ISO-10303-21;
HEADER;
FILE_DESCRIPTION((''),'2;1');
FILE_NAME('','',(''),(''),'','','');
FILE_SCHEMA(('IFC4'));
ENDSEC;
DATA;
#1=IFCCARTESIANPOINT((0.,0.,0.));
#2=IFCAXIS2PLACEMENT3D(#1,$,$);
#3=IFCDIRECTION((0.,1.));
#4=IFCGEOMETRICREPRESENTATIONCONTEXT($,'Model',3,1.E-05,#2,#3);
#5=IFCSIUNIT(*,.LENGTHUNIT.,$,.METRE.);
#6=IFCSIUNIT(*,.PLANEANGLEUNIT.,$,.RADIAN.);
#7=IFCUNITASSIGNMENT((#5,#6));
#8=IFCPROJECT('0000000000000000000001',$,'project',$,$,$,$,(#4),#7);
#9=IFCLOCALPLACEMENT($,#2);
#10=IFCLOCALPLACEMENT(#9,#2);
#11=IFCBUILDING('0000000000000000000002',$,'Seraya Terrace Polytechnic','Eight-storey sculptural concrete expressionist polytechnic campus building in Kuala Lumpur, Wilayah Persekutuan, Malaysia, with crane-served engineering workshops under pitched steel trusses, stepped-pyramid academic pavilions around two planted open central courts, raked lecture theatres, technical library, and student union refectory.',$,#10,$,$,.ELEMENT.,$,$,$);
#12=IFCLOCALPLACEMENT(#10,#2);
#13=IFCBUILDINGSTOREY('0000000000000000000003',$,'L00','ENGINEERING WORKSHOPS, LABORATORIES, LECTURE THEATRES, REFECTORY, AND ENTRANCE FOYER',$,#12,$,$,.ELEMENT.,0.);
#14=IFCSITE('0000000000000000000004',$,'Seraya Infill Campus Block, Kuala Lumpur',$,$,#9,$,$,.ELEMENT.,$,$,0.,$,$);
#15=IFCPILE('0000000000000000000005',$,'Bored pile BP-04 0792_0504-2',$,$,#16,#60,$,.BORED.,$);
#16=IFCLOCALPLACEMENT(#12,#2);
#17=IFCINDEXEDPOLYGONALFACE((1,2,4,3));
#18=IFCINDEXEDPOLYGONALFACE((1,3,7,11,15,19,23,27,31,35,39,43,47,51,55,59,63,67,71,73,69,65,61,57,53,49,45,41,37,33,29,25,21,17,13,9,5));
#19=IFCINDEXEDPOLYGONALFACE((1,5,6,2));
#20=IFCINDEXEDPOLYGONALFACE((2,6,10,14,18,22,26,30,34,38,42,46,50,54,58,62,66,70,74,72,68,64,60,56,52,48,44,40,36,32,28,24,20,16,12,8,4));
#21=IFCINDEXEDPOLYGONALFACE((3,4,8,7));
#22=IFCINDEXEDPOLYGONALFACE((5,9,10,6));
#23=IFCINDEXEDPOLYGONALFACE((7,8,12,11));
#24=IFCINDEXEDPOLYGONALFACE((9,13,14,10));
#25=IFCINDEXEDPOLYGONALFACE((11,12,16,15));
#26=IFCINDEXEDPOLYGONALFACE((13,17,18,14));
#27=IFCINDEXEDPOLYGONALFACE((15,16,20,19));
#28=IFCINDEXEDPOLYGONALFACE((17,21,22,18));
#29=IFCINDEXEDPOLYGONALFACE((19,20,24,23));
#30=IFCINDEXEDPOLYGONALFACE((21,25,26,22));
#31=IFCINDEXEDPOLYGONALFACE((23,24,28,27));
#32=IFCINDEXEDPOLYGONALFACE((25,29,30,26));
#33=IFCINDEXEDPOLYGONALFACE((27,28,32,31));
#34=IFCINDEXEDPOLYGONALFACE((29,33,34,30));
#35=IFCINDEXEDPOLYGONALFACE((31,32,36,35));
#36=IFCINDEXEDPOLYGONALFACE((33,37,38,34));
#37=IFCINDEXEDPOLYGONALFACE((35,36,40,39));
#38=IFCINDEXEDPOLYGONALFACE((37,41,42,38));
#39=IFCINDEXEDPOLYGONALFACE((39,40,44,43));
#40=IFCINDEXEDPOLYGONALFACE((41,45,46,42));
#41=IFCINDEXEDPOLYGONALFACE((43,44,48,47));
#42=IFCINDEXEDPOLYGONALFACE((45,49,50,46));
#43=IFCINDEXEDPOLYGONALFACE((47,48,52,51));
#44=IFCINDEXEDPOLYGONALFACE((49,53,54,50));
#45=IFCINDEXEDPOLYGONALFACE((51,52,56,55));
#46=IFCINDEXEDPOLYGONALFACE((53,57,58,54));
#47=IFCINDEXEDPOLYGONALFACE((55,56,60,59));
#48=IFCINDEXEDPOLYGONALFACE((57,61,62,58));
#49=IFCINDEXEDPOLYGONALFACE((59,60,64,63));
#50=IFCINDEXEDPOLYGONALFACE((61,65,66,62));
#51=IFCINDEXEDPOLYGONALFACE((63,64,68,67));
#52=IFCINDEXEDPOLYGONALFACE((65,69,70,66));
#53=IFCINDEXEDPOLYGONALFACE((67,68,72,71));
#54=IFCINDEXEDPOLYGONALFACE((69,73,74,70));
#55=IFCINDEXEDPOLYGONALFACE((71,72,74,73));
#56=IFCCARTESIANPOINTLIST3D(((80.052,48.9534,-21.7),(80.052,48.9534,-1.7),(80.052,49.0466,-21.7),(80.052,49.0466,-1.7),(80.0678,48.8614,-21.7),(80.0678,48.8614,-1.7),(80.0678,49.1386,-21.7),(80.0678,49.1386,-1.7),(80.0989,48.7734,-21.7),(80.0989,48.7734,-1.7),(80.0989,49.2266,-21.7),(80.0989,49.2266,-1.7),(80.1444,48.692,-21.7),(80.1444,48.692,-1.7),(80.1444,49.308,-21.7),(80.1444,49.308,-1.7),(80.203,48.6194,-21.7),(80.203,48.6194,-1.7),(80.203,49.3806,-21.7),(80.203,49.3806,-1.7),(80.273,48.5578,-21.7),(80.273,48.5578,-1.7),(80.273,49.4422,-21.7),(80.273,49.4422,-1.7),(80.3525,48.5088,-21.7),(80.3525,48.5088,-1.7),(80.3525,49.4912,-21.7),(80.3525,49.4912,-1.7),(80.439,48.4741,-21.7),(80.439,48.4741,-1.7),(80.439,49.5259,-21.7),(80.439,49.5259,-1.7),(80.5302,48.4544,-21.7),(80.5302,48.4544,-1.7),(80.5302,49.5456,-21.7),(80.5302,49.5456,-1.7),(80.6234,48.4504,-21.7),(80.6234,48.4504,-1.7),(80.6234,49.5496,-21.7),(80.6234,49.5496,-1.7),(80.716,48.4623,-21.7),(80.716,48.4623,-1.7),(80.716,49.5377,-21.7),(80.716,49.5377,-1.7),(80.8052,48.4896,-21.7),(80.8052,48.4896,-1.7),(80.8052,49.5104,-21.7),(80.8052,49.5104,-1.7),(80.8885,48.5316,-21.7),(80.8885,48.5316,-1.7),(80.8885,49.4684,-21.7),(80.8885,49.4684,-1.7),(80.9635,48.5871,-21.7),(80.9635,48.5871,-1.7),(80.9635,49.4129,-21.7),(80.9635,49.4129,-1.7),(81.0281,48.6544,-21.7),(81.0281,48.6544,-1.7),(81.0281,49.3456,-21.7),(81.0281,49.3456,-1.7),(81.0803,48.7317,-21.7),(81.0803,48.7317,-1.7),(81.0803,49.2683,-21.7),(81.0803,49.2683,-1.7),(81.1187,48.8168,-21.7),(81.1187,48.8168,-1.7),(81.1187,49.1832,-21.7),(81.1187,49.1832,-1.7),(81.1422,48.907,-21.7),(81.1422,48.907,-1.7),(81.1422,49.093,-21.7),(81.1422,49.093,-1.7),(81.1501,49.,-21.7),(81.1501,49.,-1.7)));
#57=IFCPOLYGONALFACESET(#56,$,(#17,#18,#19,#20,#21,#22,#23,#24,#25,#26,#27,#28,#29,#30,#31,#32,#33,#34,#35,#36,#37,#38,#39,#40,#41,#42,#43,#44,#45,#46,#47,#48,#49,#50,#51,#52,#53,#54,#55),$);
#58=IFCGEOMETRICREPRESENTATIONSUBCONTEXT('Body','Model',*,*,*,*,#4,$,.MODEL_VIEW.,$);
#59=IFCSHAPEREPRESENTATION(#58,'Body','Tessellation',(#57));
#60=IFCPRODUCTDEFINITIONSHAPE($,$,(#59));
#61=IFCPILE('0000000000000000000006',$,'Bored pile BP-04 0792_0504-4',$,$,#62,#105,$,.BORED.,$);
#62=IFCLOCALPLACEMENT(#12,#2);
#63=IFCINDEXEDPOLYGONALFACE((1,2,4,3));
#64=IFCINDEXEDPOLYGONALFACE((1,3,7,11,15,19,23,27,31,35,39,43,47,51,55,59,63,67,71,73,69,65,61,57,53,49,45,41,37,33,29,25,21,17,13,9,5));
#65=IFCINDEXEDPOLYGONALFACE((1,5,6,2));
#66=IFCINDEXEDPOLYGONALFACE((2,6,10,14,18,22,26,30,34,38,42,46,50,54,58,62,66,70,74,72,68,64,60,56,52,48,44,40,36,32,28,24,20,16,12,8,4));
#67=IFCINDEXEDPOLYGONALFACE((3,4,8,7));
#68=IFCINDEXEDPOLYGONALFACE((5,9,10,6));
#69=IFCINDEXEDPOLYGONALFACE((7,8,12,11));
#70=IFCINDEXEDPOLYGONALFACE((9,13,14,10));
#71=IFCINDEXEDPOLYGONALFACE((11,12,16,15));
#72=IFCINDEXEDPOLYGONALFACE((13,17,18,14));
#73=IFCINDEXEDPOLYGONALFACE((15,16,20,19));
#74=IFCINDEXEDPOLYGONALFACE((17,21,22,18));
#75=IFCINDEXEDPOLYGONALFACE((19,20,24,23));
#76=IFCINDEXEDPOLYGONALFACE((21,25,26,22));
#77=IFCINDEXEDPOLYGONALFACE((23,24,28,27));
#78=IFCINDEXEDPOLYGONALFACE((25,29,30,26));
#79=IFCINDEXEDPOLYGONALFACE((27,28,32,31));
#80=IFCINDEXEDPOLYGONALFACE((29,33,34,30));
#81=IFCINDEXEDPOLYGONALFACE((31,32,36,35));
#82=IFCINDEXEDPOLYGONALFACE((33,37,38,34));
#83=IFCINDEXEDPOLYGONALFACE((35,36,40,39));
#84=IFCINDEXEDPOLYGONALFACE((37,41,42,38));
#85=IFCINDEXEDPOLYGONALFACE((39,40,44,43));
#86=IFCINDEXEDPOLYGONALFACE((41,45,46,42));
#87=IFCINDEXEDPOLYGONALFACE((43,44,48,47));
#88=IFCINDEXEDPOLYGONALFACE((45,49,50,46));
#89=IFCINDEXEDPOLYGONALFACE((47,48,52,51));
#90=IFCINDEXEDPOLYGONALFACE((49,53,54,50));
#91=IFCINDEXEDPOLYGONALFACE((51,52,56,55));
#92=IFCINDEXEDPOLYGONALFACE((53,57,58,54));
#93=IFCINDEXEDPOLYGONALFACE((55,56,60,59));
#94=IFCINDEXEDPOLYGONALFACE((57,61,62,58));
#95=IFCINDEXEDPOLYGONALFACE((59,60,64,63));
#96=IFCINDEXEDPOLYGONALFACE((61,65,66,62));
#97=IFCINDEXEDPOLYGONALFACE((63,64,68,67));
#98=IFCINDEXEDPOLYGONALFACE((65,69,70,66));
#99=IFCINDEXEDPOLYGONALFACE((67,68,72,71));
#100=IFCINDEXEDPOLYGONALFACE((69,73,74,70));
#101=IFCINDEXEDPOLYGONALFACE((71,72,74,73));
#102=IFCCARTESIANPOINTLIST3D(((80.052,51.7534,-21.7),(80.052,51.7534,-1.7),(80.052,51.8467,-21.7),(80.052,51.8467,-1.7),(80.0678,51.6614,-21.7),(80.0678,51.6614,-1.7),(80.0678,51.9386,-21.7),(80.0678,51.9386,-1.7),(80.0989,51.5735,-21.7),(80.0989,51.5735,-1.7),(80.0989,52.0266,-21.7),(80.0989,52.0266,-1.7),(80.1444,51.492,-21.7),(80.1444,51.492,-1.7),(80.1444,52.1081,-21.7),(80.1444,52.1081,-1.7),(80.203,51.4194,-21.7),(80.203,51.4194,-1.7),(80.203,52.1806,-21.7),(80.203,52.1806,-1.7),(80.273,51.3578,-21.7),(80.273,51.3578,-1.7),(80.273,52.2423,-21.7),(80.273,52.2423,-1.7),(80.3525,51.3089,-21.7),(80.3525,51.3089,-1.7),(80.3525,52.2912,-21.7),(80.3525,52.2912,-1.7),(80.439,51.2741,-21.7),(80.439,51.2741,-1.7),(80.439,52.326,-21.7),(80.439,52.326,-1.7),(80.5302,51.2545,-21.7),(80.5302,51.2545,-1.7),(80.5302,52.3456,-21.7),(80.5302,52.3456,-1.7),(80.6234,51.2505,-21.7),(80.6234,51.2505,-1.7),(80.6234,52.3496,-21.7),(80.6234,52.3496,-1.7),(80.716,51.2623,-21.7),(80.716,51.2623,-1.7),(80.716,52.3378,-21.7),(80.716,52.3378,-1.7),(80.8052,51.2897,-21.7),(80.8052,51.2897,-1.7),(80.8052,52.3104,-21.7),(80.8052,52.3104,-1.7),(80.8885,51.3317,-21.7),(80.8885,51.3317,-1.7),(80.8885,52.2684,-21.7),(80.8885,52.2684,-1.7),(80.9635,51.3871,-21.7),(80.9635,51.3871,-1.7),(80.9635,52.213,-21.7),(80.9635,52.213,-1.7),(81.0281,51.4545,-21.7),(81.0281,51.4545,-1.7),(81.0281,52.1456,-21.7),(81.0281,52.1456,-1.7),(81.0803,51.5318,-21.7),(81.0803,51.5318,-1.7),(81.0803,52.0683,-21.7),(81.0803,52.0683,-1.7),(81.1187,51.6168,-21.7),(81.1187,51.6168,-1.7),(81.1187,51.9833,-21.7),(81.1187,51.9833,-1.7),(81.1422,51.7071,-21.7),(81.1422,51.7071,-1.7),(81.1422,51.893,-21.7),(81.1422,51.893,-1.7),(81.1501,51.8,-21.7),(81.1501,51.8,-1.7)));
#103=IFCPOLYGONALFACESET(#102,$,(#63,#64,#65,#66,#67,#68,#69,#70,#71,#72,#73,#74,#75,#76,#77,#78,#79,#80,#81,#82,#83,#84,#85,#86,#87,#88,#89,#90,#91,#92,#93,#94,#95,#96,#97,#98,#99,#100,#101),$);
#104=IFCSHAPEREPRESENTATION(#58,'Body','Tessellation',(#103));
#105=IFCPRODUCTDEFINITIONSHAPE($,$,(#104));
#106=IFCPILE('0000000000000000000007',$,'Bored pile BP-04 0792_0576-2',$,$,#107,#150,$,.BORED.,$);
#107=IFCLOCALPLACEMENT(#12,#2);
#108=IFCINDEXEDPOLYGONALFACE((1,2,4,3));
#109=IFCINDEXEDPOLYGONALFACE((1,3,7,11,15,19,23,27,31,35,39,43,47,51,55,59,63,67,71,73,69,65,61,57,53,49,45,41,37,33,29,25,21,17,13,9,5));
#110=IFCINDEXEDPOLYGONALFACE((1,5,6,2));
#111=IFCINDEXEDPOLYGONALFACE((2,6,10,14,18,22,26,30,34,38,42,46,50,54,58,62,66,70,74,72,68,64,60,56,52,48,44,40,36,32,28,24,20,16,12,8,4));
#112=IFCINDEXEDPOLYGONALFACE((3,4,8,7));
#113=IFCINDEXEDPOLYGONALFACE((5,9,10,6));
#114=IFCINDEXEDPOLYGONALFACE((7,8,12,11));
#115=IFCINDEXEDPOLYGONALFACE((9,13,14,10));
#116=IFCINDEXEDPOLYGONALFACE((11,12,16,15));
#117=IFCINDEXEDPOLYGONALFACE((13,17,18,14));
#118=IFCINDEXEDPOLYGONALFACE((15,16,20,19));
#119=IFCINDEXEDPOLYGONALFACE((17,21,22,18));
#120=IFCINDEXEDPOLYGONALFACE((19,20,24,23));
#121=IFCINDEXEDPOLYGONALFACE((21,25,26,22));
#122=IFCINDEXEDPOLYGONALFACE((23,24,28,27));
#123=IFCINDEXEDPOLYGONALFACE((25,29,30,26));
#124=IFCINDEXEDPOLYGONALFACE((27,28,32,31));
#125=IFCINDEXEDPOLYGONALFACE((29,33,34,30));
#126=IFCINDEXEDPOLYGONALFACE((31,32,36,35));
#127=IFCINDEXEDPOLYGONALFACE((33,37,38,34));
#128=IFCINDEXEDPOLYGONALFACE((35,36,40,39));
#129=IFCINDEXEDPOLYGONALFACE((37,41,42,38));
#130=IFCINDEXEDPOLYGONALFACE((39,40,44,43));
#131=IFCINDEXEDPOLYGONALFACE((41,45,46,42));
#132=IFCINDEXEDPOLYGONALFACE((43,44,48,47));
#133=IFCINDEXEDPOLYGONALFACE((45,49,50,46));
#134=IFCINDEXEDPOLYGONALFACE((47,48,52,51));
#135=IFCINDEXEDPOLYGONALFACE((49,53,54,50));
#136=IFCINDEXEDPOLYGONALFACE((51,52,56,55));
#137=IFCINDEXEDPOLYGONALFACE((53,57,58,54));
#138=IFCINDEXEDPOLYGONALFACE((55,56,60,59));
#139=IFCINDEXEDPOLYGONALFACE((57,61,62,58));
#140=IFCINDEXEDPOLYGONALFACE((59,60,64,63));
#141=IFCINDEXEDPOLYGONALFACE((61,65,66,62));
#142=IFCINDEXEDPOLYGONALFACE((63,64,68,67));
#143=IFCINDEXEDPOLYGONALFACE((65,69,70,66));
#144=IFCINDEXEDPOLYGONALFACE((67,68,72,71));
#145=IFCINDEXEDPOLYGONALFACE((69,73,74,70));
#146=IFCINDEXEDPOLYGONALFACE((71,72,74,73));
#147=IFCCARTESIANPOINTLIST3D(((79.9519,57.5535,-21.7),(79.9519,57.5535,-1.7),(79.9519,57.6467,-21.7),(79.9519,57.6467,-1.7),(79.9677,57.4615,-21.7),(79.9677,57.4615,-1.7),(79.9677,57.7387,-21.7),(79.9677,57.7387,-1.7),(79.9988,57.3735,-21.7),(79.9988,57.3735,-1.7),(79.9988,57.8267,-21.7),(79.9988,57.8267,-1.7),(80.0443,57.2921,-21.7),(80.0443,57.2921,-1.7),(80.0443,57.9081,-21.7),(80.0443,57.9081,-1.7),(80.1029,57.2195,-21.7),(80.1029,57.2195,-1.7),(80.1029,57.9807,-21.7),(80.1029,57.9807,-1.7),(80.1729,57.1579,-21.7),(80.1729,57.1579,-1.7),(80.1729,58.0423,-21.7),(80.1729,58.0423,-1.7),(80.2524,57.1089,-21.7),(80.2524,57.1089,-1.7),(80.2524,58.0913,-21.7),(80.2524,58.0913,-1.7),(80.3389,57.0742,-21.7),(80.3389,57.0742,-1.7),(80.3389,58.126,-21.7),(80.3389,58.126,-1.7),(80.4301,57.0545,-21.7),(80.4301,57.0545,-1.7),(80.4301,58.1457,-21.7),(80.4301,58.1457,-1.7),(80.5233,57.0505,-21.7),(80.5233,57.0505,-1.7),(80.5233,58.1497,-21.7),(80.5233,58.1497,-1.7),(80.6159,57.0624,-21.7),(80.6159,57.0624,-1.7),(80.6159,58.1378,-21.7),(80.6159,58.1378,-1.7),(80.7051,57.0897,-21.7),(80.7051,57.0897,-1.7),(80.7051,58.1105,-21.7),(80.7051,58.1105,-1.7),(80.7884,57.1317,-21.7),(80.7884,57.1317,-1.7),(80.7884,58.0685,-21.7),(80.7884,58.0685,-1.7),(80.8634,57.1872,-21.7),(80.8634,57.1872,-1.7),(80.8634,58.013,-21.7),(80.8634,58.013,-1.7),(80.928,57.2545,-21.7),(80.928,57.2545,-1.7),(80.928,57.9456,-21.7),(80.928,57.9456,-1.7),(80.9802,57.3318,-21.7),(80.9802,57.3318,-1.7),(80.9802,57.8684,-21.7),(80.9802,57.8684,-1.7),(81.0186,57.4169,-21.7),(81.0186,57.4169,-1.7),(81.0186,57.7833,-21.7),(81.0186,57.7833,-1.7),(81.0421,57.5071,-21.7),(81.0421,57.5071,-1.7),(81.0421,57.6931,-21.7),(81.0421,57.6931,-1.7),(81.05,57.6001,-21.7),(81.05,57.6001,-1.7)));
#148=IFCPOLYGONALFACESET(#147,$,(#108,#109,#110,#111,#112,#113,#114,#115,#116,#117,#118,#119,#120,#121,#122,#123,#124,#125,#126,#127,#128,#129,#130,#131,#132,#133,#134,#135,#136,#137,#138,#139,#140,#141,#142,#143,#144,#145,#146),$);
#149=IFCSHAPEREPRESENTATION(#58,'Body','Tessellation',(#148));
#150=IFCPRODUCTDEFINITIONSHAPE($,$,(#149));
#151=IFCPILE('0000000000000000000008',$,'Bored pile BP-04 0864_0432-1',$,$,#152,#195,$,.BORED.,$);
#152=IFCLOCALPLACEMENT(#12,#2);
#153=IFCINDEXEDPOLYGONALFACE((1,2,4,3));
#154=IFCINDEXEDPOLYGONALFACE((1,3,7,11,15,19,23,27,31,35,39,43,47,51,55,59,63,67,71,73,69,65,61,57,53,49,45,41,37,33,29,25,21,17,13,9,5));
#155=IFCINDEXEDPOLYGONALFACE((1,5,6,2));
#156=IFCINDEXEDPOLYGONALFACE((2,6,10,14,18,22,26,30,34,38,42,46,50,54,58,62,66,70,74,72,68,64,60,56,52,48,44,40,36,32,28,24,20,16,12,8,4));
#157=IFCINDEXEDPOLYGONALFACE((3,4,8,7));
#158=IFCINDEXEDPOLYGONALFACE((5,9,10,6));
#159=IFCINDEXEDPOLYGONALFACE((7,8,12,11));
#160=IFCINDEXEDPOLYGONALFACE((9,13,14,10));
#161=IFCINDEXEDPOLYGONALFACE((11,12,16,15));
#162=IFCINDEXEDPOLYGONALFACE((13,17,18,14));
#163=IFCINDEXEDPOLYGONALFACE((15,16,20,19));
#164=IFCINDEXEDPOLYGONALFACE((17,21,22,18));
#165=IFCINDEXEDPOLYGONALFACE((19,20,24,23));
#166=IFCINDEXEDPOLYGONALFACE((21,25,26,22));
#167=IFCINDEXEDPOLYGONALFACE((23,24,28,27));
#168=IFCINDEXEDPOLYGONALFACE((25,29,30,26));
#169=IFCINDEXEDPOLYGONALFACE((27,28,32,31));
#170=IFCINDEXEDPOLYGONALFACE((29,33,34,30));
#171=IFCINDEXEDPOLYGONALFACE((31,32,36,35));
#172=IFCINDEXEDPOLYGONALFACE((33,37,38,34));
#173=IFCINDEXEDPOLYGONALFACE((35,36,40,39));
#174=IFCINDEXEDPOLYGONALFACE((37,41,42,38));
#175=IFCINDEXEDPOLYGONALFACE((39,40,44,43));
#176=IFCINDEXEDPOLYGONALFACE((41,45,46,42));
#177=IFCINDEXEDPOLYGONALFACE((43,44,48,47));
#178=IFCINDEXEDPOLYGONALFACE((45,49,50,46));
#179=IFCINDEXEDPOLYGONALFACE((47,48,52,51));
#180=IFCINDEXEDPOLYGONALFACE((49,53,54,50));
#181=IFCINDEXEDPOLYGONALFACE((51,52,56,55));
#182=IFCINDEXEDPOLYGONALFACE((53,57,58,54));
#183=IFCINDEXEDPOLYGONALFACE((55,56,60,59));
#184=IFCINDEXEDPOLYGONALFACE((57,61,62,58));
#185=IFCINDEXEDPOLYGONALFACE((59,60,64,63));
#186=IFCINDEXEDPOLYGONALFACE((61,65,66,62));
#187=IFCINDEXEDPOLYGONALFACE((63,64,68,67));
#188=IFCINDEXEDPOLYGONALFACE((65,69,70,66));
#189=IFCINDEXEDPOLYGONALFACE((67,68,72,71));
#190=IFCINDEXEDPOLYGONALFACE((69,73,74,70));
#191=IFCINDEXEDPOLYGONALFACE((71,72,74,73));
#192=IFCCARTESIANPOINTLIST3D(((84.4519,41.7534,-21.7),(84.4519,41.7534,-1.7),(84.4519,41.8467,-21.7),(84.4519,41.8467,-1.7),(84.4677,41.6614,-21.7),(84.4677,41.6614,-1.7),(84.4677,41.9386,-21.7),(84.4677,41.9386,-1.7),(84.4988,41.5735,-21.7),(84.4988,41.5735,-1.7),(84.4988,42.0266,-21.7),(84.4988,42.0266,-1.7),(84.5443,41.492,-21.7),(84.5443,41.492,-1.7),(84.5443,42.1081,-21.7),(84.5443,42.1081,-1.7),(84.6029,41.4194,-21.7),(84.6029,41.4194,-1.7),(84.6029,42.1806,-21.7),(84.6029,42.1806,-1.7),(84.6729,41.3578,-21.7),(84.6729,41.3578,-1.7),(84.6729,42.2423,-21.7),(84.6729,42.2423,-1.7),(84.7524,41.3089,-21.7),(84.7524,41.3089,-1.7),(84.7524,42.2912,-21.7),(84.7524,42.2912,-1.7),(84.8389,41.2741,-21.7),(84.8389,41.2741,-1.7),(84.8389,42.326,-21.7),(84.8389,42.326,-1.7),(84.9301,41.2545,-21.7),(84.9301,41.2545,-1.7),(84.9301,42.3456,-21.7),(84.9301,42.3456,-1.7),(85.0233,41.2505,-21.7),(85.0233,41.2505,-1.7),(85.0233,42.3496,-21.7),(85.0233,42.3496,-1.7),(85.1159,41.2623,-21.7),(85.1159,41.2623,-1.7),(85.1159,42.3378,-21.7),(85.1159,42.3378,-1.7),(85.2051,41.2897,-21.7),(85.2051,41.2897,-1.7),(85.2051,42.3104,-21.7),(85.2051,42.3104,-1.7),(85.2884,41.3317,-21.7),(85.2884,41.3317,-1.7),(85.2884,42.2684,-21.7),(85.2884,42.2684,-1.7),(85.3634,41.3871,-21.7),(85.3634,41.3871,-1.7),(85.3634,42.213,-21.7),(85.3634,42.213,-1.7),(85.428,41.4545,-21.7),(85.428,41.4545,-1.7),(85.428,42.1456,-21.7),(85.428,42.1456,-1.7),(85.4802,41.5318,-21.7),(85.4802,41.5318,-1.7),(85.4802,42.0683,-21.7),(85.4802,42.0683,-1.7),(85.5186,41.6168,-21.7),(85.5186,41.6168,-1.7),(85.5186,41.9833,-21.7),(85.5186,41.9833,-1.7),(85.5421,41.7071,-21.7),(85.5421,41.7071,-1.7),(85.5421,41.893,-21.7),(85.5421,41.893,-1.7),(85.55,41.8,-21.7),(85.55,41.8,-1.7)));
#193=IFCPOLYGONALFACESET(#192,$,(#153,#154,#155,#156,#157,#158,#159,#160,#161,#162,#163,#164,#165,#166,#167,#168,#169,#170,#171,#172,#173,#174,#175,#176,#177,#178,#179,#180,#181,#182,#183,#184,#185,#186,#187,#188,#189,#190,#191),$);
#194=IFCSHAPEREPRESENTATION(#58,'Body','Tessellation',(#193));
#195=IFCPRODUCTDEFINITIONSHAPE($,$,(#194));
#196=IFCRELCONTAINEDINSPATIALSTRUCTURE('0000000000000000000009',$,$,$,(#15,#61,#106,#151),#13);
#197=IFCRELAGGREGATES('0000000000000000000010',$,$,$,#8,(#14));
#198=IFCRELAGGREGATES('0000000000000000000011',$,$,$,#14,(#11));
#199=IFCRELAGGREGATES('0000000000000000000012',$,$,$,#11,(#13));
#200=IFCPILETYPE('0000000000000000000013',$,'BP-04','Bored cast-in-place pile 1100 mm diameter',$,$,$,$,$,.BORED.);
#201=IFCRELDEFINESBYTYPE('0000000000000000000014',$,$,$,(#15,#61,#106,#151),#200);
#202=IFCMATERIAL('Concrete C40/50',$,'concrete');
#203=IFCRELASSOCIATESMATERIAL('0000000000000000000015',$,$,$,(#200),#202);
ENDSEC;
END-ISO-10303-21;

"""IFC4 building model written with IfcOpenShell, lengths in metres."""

from ifc_helpers import new_model, si_unit, direction, frame, origin, origin_2d, place, context, subcontext, project, spatial, circle, extrude, material, material_profile, profile_set, type_object, element, save


model = new_model("IFC4")

# Units and contexts
model_context = context("Model", 3, precision=1e-05, world=origin(), true_north=direction((0.0, 1.0)))
body_context = subcontext(model_context, "Body", "Model", "MODEL_VIEW")
ifc_project = project(units=[si_unit("LENGTHUNIT", "METRE"), si_unit("PLANEANGLEUNIT", "RADIAN")], contexts=[model_context])

# Site, building, storey
site_placement = place(None, origin())
site = spatial("IfcSite", under=ifc_project, at=site_placement, Name="Seraya Infill Campus Block, Kuala Lumpur", CompositionType="ELEMENT", RefElevation=0.0)
building_placement = place(site_placement, origin())
building = spatial("IfcBuilding", under=site, at=building_placement, Name="Seraya Terrace Polytechnic", Description="Eight-storey sculptural concrete expressionist polytechnic campus building in Kuala Lumpur, Wilayah Persekutuan, Malaysia, with crane-served engineering workshops under pitched steel trusses, stepped-pyramid academic pavilions around two planted open central courts, raked lecture theatres, technical library, and student union refectory.", CompositionType="ELEMENT")
storey_placement = place(building_placement, origin())
storey = spatial("IfcBuildingStorey", under=building, at=storey_placement, Name="L00", Description="ENGINEERING WORKSHOPS, LABORATORIES, LECTURE THEATRES, REFECTORY, AND ENTRANCE FOYER", CompositionType="ELEMENT", Elevation=0.0)

# Piles
ifc_material_1 = material(Name="Concrete C40/50", Category="concrete")
ifc_material_profile_1 = material_profile(ifc_material_1, circle(Radius=0.55, at=origin_2d()), Name="DIA 1100")
ifc_profile_set_1 = profile_set([ifc_material_profile_1], Name="Concrete C40/50")
pile_type_1 = type_object("IfcPileType", Name="BP-04", Description="Bored cast-in-place pile 1100 mm diameter", PredefinedType="BORED", material=ifc_profile_set_1)
for number, where, z_axis, x_axis, name in (
    (1, (80.6001, 49.0, -1.7), (0.0, 0.0, -1.0), (1.0, 0.0, 0.0), "Bored pile BP-04 0792_0504-2"),
    (2, (80.6001, 51.8, -1.7), (0.0, 0.0, -1.0), (1.0, 0.0, 0.0), "Bored pile BP-04 0792_0504-4"),
    (3, (80.5, 57.6001, -1.7), (0.0, 0.0, -1.0), (1.0, 0.0, 0.0), "Bored pile BP-04 0792_0576-2"),
    (4, (85.0, 41.8, -1.7), (0.0, 0.0, -1.0), (1.0, 0.0, 0.0), "Bored pile BP-04 0864_0432-1"),
):
    element("IfcPile", number, at=place(storey_placement, frame(where, z_axis=z_axis, x_axis=x_axis)), inside=storey, type_object=pile_type_1, Name=name, PredefinedType="BORED", context=body_context, shape_type="SweptSolid", body=[
        extrude(circle(Radius=0.55, at=origin_2d()), origin(), (0.0, 0.0, 1.0), 20.0),
    ])

save(model, "model.ifc")
